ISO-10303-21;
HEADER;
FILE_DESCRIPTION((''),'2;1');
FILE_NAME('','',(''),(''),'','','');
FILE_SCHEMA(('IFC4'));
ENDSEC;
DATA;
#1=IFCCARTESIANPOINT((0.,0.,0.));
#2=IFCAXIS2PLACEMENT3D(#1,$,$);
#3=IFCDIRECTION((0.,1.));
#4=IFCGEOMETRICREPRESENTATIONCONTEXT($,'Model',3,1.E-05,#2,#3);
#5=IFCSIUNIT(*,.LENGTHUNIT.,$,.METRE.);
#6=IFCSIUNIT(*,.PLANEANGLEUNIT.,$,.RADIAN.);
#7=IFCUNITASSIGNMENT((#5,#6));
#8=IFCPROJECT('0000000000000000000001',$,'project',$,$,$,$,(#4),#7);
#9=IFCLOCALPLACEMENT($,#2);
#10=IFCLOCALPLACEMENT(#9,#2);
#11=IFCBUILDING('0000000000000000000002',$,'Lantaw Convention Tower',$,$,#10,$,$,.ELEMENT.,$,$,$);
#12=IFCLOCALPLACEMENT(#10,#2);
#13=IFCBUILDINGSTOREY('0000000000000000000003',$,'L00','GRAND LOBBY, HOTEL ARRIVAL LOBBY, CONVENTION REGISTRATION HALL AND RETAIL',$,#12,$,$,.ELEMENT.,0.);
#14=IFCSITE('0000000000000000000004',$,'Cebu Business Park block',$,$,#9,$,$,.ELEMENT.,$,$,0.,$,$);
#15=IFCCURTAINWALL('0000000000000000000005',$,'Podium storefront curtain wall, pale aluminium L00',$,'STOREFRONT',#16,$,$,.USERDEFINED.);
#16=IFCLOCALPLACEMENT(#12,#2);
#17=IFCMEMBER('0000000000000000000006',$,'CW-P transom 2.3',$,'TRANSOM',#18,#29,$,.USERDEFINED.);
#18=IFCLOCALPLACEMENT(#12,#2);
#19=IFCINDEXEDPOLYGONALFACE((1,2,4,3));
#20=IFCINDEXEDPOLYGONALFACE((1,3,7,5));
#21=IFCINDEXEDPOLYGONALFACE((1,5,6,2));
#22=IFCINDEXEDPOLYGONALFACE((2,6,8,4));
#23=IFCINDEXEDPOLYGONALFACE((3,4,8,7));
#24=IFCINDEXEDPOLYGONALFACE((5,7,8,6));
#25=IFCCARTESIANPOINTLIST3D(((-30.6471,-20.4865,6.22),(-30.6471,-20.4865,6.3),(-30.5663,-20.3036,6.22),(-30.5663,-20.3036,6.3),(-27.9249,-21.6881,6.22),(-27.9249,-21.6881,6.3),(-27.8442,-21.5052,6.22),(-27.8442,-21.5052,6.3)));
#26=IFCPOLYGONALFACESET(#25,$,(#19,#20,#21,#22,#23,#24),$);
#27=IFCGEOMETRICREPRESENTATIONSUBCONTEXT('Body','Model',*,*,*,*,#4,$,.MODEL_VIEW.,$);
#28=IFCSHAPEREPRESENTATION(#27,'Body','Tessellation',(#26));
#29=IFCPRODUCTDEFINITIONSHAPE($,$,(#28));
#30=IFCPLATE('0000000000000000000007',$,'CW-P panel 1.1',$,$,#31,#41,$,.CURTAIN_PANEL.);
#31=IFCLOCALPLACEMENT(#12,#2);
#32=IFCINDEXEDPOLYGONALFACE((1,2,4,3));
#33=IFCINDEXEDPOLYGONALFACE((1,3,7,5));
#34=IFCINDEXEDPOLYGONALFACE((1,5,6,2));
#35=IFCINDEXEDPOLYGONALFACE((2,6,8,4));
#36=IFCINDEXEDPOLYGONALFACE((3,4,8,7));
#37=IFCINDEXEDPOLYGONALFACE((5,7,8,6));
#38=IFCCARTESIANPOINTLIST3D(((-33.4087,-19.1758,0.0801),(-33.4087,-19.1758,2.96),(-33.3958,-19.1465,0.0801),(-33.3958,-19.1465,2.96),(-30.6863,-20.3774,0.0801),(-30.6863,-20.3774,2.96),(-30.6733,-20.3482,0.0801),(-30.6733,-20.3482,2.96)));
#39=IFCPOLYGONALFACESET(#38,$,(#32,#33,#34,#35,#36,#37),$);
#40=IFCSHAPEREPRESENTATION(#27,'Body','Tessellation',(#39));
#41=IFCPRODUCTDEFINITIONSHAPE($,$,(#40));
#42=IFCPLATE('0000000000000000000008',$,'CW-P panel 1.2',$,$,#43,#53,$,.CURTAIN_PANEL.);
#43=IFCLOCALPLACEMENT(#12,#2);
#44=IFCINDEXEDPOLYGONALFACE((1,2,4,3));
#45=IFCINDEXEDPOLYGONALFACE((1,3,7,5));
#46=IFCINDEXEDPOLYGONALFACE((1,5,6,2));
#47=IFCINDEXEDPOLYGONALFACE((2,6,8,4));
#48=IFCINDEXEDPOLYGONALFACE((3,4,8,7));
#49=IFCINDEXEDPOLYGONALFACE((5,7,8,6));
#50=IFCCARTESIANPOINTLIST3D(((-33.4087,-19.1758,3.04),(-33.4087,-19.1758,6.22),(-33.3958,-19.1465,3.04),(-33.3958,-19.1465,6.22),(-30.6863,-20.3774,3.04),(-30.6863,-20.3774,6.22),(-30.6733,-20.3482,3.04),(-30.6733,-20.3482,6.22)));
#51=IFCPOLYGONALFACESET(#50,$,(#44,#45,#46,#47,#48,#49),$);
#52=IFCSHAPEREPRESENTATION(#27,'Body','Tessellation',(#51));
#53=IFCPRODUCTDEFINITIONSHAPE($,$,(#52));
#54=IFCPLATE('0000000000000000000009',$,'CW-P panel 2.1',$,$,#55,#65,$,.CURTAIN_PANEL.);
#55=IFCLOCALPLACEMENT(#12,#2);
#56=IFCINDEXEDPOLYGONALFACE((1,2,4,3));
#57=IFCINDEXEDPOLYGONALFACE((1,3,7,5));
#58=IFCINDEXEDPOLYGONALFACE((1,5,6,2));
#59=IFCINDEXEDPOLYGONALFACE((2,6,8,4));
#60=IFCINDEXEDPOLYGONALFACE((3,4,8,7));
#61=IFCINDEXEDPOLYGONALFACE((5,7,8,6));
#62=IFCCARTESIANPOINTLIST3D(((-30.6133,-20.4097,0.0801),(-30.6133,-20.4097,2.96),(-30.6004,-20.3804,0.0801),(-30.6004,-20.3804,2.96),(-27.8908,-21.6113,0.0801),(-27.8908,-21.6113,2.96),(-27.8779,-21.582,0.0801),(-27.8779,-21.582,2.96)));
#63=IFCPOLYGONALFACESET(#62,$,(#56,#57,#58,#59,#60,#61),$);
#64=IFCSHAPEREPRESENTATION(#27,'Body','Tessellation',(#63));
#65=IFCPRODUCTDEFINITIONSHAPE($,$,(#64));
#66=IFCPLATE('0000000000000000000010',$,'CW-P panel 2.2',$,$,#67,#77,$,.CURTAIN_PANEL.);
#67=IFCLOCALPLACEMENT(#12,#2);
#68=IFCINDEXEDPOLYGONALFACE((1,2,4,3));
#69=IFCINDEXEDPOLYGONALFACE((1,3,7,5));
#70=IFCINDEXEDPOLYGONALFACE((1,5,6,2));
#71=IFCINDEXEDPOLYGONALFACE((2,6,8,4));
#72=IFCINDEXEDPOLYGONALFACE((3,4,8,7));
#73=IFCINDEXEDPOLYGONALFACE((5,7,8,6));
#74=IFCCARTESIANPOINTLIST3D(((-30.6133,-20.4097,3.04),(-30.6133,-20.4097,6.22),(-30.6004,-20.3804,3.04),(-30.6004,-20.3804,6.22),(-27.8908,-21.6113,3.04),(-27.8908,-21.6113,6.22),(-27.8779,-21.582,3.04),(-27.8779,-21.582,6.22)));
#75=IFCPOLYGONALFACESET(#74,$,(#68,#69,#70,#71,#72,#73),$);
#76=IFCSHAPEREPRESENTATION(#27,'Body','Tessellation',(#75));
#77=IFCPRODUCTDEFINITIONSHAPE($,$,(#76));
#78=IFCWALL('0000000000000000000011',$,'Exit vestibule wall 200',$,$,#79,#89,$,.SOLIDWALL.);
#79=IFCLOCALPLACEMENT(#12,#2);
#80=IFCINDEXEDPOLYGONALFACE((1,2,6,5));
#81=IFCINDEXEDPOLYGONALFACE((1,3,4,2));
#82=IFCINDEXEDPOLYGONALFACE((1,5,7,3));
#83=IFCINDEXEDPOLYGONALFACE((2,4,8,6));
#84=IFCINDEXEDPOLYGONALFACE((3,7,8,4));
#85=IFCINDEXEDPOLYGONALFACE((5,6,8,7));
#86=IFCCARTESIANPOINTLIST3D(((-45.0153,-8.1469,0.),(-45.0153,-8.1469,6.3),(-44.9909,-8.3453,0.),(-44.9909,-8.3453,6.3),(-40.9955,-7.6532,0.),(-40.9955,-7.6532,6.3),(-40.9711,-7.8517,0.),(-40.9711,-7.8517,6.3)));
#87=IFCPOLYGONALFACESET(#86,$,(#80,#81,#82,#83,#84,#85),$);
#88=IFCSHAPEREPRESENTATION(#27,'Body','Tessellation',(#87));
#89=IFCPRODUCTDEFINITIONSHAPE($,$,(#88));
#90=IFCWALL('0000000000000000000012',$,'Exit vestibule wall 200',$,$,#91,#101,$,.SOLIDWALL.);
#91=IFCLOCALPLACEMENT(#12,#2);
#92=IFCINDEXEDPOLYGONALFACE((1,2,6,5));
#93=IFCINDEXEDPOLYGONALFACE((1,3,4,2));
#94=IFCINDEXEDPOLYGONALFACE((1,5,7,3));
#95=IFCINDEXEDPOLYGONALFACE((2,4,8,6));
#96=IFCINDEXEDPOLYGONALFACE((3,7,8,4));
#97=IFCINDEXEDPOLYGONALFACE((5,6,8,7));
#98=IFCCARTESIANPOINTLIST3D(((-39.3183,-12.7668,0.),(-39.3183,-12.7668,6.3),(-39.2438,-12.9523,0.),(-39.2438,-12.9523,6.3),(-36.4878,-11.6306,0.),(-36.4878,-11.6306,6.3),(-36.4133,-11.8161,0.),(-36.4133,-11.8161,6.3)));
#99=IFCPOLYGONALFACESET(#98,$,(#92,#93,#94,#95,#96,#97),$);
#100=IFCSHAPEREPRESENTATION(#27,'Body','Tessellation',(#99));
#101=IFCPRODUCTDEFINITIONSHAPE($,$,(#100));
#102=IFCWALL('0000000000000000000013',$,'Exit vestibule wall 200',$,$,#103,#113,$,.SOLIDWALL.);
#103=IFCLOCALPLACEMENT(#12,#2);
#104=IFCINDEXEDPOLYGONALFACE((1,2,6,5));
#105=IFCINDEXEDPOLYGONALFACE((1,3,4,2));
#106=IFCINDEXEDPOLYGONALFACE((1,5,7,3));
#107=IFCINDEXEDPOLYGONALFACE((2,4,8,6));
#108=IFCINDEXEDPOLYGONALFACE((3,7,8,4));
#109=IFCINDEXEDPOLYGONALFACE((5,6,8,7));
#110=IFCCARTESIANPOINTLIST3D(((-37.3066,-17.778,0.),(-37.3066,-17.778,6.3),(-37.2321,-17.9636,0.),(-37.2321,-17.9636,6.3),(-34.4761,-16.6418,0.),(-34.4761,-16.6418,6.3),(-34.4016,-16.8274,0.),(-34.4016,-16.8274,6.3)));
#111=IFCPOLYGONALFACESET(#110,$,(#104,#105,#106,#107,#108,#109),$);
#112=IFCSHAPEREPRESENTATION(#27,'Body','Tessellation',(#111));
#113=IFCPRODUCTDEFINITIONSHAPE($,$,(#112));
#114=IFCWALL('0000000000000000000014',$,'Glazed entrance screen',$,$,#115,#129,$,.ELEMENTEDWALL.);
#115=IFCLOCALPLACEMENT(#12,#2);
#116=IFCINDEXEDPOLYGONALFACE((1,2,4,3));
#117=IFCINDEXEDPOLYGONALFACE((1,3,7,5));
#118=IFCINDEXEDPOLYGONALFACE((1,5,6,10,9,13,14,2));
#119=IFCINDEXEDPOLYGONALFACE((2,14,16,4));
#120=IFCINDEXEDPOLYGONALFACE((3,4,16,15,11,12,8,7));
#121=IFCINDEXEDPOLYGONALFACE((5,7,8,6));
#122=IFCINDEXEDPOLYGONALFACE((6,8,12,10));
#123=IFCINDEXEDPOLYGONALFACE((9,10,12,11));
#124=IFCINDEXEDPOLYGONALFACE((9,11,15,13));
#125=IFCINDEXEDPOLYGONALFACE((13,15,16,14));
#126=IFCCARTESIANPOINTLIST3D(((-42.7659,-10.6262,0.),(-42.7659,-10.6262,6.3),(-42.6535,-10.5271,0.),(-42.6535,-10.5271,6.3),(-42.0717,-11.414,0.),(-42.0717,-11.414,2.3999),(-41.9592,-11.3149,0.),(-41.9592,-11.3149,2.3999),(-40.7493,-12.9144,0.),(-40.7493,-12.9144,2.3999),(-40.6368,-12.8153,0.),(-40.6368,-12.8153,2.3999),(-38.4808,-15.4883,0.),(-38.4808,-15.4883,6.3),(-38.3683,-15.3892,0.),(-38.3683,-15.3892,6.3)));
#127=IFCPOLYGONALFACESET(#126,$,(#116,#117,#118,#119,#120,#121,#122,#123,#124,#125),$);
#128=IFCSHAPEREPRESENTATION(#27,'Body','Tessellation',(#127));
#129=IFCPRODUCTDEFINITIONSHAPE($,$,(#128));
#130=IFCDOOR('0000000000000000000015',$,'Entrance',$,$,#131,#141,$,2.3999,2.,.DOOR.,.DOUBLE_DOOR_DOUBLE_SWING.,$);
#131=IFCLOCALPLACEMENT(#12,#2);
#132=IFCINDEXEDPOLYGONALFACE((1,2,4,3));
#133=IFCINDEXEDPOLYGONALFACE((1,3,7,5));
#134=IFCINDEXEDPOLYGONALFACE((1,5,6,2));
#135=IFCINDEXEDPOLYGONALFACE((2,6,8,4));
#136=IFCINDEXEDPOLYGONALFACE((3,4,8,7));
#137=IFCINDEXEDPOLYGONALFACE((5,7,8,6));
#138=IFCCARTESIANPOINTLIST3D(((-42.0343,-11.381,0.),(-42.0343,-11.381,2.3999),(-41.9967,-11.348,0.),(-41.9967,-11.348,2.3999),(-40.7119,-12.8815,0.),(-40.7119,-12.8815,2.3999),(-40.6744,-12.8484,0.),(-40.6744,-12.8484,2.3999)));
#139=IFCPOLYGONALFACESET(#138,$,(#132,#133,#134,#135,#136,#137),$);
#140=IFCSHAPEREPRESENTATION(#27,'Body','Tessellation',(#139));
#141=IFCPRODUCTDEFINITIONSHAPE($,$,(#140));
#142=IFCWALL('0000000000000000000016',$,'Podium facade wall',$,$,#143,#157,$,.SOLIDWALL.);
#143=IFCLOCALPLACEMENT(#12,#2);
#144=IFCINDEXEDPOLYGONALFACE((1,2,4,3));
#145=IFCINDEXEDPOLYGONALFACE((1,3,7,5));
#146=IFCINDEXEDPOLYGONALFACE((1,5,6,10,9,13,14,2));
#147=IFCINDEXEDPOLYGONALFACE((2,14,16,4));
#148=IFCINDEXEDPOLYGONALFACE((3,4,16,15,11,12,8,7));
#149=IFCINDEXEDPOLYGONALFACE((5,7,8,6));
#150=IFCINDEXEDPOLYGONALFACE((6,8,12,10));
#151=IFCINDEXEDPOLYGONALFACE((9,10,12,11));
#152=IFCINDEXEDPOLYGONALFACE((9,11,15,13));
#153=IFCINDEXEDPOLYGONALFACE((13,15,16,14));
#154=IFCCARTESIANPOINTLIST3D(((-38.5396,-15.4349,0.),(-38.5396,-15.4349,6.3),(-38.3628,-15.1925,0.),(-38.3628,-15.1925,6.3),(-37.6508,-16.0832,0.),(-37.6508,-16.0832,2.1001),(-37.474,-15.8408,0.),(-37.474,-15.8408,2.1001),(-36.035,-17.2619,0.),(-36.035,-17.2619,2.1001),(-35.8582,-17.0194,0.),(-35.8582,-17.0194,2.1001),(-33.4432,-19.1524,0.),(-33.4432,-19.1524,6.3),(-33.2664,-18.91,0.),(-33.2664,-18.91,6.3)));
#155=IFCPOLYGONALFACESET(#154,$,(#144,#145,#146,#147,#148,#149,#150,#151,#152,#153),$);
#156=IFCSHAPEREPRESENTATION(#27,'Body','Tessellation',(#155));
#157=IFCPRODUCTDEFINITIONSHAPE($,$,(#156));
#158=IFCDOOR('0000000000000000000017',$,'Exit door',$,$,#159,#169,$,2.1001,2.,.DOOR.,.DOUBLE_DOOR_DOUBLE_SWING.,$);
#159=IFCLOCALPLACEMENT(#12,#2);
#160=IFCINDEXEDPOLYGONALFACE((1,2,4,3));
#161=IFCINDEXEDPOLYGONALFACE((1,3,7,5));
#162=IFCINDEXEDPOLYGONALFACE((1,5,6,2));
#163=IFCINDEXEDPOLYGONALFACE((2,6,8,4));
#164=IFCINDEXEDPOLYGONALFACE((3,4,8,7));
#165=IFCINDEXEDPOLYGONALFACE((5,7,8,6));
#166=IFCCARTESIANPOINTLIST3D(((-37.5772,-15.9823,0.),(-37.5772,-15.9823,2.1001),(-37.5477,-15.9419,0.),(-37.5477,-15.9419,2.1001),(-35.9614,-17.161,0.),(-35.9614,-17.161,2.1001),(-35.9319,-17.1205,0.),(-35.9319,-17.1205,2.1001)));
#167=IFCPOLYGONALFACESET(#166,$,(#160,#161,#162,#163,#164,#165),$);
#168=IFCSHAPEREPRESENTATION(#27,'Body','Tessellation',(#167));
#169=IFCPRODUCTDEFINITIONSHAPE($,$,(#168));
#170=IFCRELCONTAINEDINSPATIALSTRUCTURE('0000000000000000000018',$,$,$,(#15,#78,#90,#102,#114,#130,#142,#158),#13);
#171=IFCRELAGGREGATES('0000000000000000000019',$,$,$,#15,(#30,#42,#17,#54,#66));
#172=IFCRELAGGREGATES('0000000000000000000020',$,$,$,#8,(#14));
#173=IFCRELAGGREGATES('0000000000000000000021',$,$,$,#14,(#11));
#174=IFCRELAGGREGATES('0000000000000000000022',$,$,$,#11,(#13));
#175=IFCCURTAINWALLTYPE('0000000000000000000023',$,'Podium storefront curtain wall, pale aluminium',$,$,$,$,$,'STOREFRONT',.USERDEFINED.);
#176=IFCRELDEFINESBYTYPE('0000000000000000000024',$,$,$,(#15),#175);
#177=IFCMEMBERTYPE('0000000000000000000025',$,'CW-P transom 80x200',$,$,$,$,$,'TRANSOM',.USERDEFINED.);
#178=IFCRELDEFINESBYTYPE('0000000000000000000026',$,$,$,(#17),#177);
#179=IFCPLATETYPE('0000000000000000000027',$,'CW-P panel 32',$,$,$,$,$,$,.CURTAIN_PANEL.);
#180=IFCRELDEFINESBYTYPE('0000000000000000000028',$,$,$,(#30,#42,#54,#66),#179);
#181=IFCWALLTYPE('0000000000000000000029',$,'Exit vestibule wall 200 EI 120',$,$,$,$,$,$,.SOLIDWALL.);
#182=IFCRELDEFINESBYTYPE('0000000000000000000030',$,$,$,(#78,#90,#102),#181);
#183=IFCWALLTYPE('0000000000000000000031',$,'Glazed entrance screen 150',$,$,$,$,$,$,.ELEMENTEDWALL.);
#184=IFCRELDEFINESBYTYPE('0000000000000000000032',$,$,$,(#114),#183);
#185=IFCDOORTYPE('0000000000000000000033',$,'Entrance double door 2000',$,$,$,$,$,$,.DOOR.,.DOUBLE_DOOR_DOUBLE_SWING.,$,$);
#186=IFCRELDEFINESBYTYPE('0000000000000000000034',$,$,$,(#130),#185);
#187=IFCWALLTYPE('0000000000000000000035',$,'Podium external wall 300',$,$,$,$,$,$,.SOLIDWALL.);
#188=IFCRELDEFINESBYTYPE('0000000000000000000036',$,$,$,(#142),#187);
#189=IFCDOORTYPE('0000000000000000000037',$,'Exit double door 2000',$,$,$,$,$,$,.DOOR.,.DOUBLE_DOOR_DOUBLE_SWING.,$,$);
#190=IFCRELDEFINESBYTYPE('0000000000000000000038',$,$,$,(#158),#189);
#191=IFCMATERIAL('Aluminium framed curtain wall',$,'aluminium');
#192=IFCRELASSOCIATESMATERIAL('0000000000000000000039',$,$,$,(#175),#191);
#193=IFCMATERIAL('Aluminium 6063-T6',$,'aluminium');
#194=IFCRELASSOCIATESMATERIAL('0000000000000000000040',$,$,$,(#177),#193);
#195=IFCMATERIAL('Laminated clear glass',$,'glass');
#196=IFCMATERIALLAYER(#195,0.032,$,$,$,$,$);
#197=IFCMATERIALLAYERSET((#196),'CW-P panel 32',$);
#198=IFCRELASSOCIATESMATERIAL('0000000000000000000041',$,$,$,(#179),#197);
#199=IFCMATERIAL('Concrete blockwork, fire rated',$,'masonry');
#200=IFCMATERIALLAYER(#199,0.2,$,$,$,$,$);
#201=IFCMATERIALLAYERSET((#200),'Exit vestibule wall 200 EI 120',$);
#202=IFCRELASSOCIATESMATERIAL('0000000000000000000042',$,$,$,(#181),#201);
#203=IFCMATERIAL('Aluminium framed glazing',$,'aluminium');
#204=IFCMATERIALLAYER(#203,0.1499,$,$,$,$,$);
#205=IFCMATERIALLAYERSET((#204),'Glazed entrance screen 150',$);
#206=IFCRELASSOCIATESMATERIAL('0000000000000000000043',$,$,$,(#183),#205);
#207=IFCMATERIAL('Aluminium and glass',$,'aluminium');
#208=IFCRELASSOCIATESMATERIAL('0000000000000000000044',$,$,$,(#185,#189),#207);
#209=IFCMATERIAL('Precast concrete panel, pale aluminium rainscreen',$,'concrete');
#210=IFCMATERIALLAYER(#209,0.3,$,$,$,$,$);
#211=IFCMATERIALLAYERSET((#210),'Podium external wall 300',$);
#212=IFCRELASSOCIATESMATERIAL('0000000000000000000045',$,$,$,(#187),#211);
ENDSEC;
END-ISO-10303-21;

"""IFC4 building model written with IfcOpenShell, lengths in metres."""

from ifc_helpers import new_model, si_unit, direction, frame, frame_2d, origin, origin_2d, place, context, subcontext, project, spatial, rectangle, extrude, material, layer, layer_set, material_profile, profile_set, type_object, element, fill, aggregate, save


model = new_model("IFC4")

# Units and contexts
model_context = context("Model", 3, precision=1e-05, world=origin(), true_north=direction((0.0, 1.0)))
body_context = subcontext(model_context, "Body", "Model", "MODEL_VIEW")
ifc_project = project(units=[si_unit("LENGTHUNIT", "METRE"), si_unit("PLANEANGLEUNIT", "RADIAN")], contexts=[model_context])

# Site, building, storey
site_placement = place(None, origin())
site = spatial("IfcSite", under=ifc_project, at=site_placement, Name="Cebu Business Park block", CompositionType="ELEMENT", RefElevation=0.0)
building_placement = place(site_placement, origin())
building = spatial("IfcBuilding", under=site, at=building_placement, Name="Lantaw Convention Tower", CompositionType="ELEMENT")
storey_placement = place(building_placement, origin())
storey = spatial("IfcBuildingStorey", under=building, at=storey_placement, Name="L00", Description="GRAND LOBBY, HOTEL ARRIVAL LOBBY, CONVENTION REGISTRATION HALL AND RETAIL", CompositionType="ELEMENT", Elevation=0.0)

# Curtain wall, member, plates
ifc_material_1 = material(Name="Aluminium framed curtain wall", Category="aluminium")
curtain_wall_type = type_object("IfcCurtainWallType", Name="Podium storefront curtain wall, pale aluminium", ElementType="STOREFRONT", PredefinedType="USERDEFINED", material=ifc_material_1)
curtain_wall_placement = place(storey_placement, origin())
curtain_wall = element("IfcCurtainWall", 1, at=curtain_wall_placement, inside=storey, type_object=curtain_wall_type, Name="Podium storefront curtain wall, pale aluminium L00", ObjectType="STOREFRONT", PredefinedType="USERDEFINED")
ifc_material_2 = material(Name="Aluminium 6063-T6", Category="aluminium")
ifc_material_profile_1 = material_profile(ifc_material_2, rectangle(XDim=0.2, YDim=0.0801, at=origin_2d()), Name="CW-P transom 80x200")
ifc_profile_set_1 = profile_set([ifc_material_profile_1], Name="Aluminium 6063-T6")
member_type_1 = type_object("IfcMemberType", Name="CW-P transom 80x200", ElementType="TRANSOM", PredefinedType="USERDEFINED", material=ifc_profile_set_1)
member_1_placement = place(storey_placement, frame((-30.6067, -20.395, 6.26), z_axis=(0.91483, -0.403838, 0.0), x_axis=(0.403838, 0.91483, 0.0)))
member_1 = element("IfcMember", 2, at=member_1_placement, type_object=member_type_1, Name="CW-P transom 2.3", ObjectType="TRANSOM", PredefinedType="USERDEFINED", context=body_context, shape_type="SweptSolid", body=[
    extrude(rectangle(XDim=0.2, YDim=0.0801, at=origin_2d()), origin(), (0.0, 0.0, 1.0), 2.9756),
])
ifc_material_3 = material(Name="Laminated clear glass", Category="glass")
ifc_layer_1 = layer(ifc_material_3, 0.032)
ifc_layer_set_1 = layer_set([ifc_layer_1], Name="CW-P panel 32")
plate_type = type_object("IfcPlateType", Name="CW-P panel 32", PredefinedType="CURTAIN_PANEL", material=ifc_layer_set_1)
plate_1_placement = place(storey_placement, frame((-32.041, -19.762, 0.0801), z_axis=(0.0, 0.0, 1.0), x_axis=(0.914846, -0.403802, 0.0)))
plate_1 = element("IfcPlate", 3, at=plate_1_placement, type_object=plate_type, Name="CW-P panel 1.1", PredefinedType="CURTAIN_PANEL", context=body_context, shape_type="SweptSolid", body=[
    extrude(rectangle(XDim=2.9758, YDim=0.032, at=origin_2d()), origin(), (0.0, 0.0, 1.0), 2.8799),
])
plate_2_placement = place(storey_placement, frame((-32.041, -19.762, 3.04), z_axis=(0.0, 0.0, 1.0), x_axis=(0.914846, -0.403802, 0.0)))
plate_2 = element("IfcPlate", 4, at=plate_2_placement, type_object=plate_type, Name="CW-P panel 1.2", PredefinedType="CURTAIN_PANEL", context=body_context, shape_type="SweptSolid", body=[
    extrude(rectangle(XDim=2.9758, YDim=0.032, at=origin_2d()), origin(), (0.0, 0.0, 1.0), 3.1799),
])
plate_3_placement = place(storey_placement, frame((-29.2456, -20.9958, 0.0801), z_axis=(0.0, 0.0, 1.0), x_axis=(0.914846, -0.403802, 0.0)))
plate_3 = element("IfcPlate", 5, at=plate_3_placement, type_object=plate_type, Name="CW-P panel 2.1", PredefinedType="CURTAIN_PANEL", context=body_context, shape_type="SweptSolid", body=[
    extrude(rectangle(XDim=2.9758, YDim=0.032, at=origin_2d()), origin(), (0.0, 0.0, 1.0), 2.8799),
])
plate_4_placement = place(storey_placement, frame((-29.2456, -20.9958, 3.04), z_axis=(0.0, 0.0, 1.0), x_axis=(0.914846, -0.403802, 0.0)))
plate_4 = element("IfcPlate", 6, at=plate_4_placement, type_object=plate_type, Name="CW-P panel 2.2", PredefinedType="CURTAIN_PANEL", context=body_context, shape_type="SweptSolid", body=[
    extrude(rectangle(XDim=2.9758, YDim=0.032, at=origin_2d()), origin(), (0.0, 0.0, 1.0), 3.1799),
])
aggregate(curtain_wall, [plate_1, plate_2, member_1, plate_3, plate_4])

# Walls
ifc_material_4 = material(Name="Concrete blockwork, fire rated", Category="masonry")
ifc_layer_2 = layer(ifc_material_4, 0.2)
ifc_layer_set_2 = layer_set([ifc_layer_2], Name="Exit vestibule wall 200 EI 120")
wall_type_1 = type_object("IfcWallType", Name="Exit vestibule wall 200 EI 120", PredefinedType="SOLIDWALL", material=ifc_layer_set_2)
wall_1_placement = place(storey_placement, frame((-40.9834, -7.7524, 0.0), z_axis=(0.0, 0.0, 1.0), x_axis=(-0.992544, -0.12189, 0.0)))
element("IfcWall", 7, at=wall_1_placement, inside=storey, type_object=wall_type_1, Name="Exit vestibule wall 200", PredefinedType="SOLIDWALL", context=body_context, shape_type="SweptSolid", body=[
    extrude(rectangle(XDim=4.05, YDim=0.2, at=frame_2d((2.0249, 0.0))), origin(), (0.0, 0.0, 1.0), 6.3),
])
for number, where, z_axis, x_axis, name in (
    (8, (-36.4507, -11.7234, 0.0), (0.0, 0.0, 1.0), (-0.928023, -0.372522, 0.0), "Exit vestibule wall 200"),
    (9, (-34.439, -16.7346, 0.0), (0.0, 0.0, 1.0), (-0.928023, -0.372522, 0.0), "Exit vestibule wall 200"),
):
    element("IfcWall", number, at=place(storey_placement, frame(where, z_axis=z_axis, x_axis=x_axis)), inside=storey, type_object=wall_type_1, Name=name, PredefinedType="SOLIDWALL", context=body_context, shape_type="SweptSolid", body=[
        extrude(rectangle(XDim=3.05, YDim=0.2, at=frame_2d((1.5249, 0.0))), origin(), (0.0, 0.0, 1.0), 6.3),
    ])

# Walls, openings, doors
ifc_material_5 = material(Name="Aluminium framed glazing", Category="aluminium")
ifc_layer_3 = layer(ifc_material_5, 0.1499)
ifc_layer_set_3 = layer_set([ifc_layer_3], Name="Glazed entrance screen 150")
wall_type_2 = type_object("IfcWallType", Name="Glazed entrance screen 150", PredefinedType="ELEMENTEDWALL", material=ifc_layer_set_3)
wall_2_placement = place(storey_placement, frame((-42.7097, -10.5767, 0.0), z_axis=(0.0, 0.0, 1.0), x_axis=(0.661197, -0.750213, 0.0)))
wall_2 = element("IfcWall", 10, at=wall_2_placement, inside=storey, type_object=wall_type_2, Name="Glazed entrance screen", PredefinedType="ELEMENTEDWALL", context=body_context, shape_type="SweptSolid", body=[
    extrude(rectangle(XDim=6.481, YDim=0.1499, at=frame_2d((3.2405, 0.0))), origin(), (0.0, 0.0, 1.0), 6.3),
])
opening_1_placement = place(wall_2_placement, frame((1.05, 0.0, 0.0)))
opening_1 = element("IfcOpeningElement", 11, at=opening_1_placement, cuts=wall_2, PredefinedType="OPENING", context=body_context, shape_type="SweptSolid", body=[
    extrude(rectangle(XDim=2.0, YDim=2.3999, at=frame_2d((1.0, 1.2))), frame((0.0, 0.085, 0.0), z_axis=(0.0, -1.0, 0.0), x_axis=(1.0, 0.0, 0.0)), (0.0, 0.0, 1.0), 0.1699),
])
ifc_material_6 = material(Name="Aluminium and glass", Category="aluminium")
door_type_1 = type_object("IfcDoorType", Name="Entrance double door 2000", OperationType="DOUBLE_DOOR_DOUBLE_SWING", PredefinedType="DOOR", material=ifc_material_6)
door_1_placement = place(opening_1_placement, origin())
door_1 = element("IfcDoor", 12, at=door_1_placement, inside=storey, type_object=door_type_1, Name="Entrance", OperationType="DOUBLE_DOOR_DOUBLE_SWING", OverallHeight=2.3999, OverallWidth=2.0, PredefinedType="DOOR", context=body_context, shape_type="SweptSolid", body=[
    extrude(rectangle(XDim=2.0, YDim=2.3999, at=frame_2d((1.0, 1.2))), frame((0.0, 0.0249, 0.0), z_axis=(0.0, -1.0, 0.0), x_axis=(1.0, 0.0, 0.0)), (0.0, 0.0, 1.0), 0.05),
])
fill(opening_1, door_1)
ifc_material_7 = material(Name="Precast concrete panel, pale aluminium rainscreen", Category="concrete")
ifc_layer_4 = layer(ifc_material_7, 0.3)
ifc_layer_set_4 = layer_set([ifc_layer_4], Name="Podium external wall 300")
wall_type_3 = type_object("IfcWallType", Name="Podium external wall 300", PredefinedType="SOLIDWALL", material=ifc_layer_set_4)
wall_3_placement = place(storey_placement, frame((-38.4512, -15.3137, 0.0), z_axis=(0.0, 0.0, 1.0), x_axis=(0.807903, -0.589315, 0.0)))
wall_3 = element("IfcWall", 13, at=wall_3_placement, inside=storey, type_object=wall_type_3, Name="Podium facade wall", PredefinedType="SOLIDWALL", context=body_context, shape_type="SweptSolid", body=[
    extrude(rectangle(XDim=6.3081, YDim=0.3, at=frame_2d((3.1541, 0.0))), origin(), (0.0, 0.0, 1.0), 6.3),
])
opening_2_placement = place(wall_3_placement, frame((1.1001, 0.0, 0.0)))
opening_2 = element("IfcOpeningElement", 14, at=opening_2_placement, cuts=wall_3, PredefinedType="OPENING", context=body_context, shape_type="SweptSolid", body=[
    extrude(rectangle(XDim=2.0, YDim=2.1001, at=frame_2d((1.0, 1.05))), frame((0.0, 0.1599, 0.0), z_axis=(0.0, -1.0, 0.0), x_axis=(1.0, 0.0, 0.0)), (0.0, 0.0, 1.0), 0.3201),
])
door_type_2 = type_object("IfcDoorType", Name="Exit double door 2000", OperationType="DOUBLE_DOOR_DOUBLE_SWING", PredefinedType="DOOR", material=ifc_material_6)
door_2_placement = place(opening_2_placement, origin())
door_2 = element("IfcDoor", 15, at=door_2_placement, inside=storey, type_object=door_type_2, Name="Exit door", OperationType="DOUBLE_DOOR_DOUBLE_SWING", OverallHeight=2.1001, OverallWidth=2.0, PredefinedType="DOOR", context=body_context, shape_type="SweptSolid", body=[
    extrude(rectangle(XDim=2.0, YDim=2.1001, at=frame_2d((1.0, 1.05))), frame((0.0, 0.0249, 0.0), z_axis=(0.0, -1.0, 0.0), x_axis=(1.0, 0.0, 0.0)), (0.0, 0.0, 1.0), 0.05),
])
fill(opening_2, door_2)

save(model, "model.ifc")
